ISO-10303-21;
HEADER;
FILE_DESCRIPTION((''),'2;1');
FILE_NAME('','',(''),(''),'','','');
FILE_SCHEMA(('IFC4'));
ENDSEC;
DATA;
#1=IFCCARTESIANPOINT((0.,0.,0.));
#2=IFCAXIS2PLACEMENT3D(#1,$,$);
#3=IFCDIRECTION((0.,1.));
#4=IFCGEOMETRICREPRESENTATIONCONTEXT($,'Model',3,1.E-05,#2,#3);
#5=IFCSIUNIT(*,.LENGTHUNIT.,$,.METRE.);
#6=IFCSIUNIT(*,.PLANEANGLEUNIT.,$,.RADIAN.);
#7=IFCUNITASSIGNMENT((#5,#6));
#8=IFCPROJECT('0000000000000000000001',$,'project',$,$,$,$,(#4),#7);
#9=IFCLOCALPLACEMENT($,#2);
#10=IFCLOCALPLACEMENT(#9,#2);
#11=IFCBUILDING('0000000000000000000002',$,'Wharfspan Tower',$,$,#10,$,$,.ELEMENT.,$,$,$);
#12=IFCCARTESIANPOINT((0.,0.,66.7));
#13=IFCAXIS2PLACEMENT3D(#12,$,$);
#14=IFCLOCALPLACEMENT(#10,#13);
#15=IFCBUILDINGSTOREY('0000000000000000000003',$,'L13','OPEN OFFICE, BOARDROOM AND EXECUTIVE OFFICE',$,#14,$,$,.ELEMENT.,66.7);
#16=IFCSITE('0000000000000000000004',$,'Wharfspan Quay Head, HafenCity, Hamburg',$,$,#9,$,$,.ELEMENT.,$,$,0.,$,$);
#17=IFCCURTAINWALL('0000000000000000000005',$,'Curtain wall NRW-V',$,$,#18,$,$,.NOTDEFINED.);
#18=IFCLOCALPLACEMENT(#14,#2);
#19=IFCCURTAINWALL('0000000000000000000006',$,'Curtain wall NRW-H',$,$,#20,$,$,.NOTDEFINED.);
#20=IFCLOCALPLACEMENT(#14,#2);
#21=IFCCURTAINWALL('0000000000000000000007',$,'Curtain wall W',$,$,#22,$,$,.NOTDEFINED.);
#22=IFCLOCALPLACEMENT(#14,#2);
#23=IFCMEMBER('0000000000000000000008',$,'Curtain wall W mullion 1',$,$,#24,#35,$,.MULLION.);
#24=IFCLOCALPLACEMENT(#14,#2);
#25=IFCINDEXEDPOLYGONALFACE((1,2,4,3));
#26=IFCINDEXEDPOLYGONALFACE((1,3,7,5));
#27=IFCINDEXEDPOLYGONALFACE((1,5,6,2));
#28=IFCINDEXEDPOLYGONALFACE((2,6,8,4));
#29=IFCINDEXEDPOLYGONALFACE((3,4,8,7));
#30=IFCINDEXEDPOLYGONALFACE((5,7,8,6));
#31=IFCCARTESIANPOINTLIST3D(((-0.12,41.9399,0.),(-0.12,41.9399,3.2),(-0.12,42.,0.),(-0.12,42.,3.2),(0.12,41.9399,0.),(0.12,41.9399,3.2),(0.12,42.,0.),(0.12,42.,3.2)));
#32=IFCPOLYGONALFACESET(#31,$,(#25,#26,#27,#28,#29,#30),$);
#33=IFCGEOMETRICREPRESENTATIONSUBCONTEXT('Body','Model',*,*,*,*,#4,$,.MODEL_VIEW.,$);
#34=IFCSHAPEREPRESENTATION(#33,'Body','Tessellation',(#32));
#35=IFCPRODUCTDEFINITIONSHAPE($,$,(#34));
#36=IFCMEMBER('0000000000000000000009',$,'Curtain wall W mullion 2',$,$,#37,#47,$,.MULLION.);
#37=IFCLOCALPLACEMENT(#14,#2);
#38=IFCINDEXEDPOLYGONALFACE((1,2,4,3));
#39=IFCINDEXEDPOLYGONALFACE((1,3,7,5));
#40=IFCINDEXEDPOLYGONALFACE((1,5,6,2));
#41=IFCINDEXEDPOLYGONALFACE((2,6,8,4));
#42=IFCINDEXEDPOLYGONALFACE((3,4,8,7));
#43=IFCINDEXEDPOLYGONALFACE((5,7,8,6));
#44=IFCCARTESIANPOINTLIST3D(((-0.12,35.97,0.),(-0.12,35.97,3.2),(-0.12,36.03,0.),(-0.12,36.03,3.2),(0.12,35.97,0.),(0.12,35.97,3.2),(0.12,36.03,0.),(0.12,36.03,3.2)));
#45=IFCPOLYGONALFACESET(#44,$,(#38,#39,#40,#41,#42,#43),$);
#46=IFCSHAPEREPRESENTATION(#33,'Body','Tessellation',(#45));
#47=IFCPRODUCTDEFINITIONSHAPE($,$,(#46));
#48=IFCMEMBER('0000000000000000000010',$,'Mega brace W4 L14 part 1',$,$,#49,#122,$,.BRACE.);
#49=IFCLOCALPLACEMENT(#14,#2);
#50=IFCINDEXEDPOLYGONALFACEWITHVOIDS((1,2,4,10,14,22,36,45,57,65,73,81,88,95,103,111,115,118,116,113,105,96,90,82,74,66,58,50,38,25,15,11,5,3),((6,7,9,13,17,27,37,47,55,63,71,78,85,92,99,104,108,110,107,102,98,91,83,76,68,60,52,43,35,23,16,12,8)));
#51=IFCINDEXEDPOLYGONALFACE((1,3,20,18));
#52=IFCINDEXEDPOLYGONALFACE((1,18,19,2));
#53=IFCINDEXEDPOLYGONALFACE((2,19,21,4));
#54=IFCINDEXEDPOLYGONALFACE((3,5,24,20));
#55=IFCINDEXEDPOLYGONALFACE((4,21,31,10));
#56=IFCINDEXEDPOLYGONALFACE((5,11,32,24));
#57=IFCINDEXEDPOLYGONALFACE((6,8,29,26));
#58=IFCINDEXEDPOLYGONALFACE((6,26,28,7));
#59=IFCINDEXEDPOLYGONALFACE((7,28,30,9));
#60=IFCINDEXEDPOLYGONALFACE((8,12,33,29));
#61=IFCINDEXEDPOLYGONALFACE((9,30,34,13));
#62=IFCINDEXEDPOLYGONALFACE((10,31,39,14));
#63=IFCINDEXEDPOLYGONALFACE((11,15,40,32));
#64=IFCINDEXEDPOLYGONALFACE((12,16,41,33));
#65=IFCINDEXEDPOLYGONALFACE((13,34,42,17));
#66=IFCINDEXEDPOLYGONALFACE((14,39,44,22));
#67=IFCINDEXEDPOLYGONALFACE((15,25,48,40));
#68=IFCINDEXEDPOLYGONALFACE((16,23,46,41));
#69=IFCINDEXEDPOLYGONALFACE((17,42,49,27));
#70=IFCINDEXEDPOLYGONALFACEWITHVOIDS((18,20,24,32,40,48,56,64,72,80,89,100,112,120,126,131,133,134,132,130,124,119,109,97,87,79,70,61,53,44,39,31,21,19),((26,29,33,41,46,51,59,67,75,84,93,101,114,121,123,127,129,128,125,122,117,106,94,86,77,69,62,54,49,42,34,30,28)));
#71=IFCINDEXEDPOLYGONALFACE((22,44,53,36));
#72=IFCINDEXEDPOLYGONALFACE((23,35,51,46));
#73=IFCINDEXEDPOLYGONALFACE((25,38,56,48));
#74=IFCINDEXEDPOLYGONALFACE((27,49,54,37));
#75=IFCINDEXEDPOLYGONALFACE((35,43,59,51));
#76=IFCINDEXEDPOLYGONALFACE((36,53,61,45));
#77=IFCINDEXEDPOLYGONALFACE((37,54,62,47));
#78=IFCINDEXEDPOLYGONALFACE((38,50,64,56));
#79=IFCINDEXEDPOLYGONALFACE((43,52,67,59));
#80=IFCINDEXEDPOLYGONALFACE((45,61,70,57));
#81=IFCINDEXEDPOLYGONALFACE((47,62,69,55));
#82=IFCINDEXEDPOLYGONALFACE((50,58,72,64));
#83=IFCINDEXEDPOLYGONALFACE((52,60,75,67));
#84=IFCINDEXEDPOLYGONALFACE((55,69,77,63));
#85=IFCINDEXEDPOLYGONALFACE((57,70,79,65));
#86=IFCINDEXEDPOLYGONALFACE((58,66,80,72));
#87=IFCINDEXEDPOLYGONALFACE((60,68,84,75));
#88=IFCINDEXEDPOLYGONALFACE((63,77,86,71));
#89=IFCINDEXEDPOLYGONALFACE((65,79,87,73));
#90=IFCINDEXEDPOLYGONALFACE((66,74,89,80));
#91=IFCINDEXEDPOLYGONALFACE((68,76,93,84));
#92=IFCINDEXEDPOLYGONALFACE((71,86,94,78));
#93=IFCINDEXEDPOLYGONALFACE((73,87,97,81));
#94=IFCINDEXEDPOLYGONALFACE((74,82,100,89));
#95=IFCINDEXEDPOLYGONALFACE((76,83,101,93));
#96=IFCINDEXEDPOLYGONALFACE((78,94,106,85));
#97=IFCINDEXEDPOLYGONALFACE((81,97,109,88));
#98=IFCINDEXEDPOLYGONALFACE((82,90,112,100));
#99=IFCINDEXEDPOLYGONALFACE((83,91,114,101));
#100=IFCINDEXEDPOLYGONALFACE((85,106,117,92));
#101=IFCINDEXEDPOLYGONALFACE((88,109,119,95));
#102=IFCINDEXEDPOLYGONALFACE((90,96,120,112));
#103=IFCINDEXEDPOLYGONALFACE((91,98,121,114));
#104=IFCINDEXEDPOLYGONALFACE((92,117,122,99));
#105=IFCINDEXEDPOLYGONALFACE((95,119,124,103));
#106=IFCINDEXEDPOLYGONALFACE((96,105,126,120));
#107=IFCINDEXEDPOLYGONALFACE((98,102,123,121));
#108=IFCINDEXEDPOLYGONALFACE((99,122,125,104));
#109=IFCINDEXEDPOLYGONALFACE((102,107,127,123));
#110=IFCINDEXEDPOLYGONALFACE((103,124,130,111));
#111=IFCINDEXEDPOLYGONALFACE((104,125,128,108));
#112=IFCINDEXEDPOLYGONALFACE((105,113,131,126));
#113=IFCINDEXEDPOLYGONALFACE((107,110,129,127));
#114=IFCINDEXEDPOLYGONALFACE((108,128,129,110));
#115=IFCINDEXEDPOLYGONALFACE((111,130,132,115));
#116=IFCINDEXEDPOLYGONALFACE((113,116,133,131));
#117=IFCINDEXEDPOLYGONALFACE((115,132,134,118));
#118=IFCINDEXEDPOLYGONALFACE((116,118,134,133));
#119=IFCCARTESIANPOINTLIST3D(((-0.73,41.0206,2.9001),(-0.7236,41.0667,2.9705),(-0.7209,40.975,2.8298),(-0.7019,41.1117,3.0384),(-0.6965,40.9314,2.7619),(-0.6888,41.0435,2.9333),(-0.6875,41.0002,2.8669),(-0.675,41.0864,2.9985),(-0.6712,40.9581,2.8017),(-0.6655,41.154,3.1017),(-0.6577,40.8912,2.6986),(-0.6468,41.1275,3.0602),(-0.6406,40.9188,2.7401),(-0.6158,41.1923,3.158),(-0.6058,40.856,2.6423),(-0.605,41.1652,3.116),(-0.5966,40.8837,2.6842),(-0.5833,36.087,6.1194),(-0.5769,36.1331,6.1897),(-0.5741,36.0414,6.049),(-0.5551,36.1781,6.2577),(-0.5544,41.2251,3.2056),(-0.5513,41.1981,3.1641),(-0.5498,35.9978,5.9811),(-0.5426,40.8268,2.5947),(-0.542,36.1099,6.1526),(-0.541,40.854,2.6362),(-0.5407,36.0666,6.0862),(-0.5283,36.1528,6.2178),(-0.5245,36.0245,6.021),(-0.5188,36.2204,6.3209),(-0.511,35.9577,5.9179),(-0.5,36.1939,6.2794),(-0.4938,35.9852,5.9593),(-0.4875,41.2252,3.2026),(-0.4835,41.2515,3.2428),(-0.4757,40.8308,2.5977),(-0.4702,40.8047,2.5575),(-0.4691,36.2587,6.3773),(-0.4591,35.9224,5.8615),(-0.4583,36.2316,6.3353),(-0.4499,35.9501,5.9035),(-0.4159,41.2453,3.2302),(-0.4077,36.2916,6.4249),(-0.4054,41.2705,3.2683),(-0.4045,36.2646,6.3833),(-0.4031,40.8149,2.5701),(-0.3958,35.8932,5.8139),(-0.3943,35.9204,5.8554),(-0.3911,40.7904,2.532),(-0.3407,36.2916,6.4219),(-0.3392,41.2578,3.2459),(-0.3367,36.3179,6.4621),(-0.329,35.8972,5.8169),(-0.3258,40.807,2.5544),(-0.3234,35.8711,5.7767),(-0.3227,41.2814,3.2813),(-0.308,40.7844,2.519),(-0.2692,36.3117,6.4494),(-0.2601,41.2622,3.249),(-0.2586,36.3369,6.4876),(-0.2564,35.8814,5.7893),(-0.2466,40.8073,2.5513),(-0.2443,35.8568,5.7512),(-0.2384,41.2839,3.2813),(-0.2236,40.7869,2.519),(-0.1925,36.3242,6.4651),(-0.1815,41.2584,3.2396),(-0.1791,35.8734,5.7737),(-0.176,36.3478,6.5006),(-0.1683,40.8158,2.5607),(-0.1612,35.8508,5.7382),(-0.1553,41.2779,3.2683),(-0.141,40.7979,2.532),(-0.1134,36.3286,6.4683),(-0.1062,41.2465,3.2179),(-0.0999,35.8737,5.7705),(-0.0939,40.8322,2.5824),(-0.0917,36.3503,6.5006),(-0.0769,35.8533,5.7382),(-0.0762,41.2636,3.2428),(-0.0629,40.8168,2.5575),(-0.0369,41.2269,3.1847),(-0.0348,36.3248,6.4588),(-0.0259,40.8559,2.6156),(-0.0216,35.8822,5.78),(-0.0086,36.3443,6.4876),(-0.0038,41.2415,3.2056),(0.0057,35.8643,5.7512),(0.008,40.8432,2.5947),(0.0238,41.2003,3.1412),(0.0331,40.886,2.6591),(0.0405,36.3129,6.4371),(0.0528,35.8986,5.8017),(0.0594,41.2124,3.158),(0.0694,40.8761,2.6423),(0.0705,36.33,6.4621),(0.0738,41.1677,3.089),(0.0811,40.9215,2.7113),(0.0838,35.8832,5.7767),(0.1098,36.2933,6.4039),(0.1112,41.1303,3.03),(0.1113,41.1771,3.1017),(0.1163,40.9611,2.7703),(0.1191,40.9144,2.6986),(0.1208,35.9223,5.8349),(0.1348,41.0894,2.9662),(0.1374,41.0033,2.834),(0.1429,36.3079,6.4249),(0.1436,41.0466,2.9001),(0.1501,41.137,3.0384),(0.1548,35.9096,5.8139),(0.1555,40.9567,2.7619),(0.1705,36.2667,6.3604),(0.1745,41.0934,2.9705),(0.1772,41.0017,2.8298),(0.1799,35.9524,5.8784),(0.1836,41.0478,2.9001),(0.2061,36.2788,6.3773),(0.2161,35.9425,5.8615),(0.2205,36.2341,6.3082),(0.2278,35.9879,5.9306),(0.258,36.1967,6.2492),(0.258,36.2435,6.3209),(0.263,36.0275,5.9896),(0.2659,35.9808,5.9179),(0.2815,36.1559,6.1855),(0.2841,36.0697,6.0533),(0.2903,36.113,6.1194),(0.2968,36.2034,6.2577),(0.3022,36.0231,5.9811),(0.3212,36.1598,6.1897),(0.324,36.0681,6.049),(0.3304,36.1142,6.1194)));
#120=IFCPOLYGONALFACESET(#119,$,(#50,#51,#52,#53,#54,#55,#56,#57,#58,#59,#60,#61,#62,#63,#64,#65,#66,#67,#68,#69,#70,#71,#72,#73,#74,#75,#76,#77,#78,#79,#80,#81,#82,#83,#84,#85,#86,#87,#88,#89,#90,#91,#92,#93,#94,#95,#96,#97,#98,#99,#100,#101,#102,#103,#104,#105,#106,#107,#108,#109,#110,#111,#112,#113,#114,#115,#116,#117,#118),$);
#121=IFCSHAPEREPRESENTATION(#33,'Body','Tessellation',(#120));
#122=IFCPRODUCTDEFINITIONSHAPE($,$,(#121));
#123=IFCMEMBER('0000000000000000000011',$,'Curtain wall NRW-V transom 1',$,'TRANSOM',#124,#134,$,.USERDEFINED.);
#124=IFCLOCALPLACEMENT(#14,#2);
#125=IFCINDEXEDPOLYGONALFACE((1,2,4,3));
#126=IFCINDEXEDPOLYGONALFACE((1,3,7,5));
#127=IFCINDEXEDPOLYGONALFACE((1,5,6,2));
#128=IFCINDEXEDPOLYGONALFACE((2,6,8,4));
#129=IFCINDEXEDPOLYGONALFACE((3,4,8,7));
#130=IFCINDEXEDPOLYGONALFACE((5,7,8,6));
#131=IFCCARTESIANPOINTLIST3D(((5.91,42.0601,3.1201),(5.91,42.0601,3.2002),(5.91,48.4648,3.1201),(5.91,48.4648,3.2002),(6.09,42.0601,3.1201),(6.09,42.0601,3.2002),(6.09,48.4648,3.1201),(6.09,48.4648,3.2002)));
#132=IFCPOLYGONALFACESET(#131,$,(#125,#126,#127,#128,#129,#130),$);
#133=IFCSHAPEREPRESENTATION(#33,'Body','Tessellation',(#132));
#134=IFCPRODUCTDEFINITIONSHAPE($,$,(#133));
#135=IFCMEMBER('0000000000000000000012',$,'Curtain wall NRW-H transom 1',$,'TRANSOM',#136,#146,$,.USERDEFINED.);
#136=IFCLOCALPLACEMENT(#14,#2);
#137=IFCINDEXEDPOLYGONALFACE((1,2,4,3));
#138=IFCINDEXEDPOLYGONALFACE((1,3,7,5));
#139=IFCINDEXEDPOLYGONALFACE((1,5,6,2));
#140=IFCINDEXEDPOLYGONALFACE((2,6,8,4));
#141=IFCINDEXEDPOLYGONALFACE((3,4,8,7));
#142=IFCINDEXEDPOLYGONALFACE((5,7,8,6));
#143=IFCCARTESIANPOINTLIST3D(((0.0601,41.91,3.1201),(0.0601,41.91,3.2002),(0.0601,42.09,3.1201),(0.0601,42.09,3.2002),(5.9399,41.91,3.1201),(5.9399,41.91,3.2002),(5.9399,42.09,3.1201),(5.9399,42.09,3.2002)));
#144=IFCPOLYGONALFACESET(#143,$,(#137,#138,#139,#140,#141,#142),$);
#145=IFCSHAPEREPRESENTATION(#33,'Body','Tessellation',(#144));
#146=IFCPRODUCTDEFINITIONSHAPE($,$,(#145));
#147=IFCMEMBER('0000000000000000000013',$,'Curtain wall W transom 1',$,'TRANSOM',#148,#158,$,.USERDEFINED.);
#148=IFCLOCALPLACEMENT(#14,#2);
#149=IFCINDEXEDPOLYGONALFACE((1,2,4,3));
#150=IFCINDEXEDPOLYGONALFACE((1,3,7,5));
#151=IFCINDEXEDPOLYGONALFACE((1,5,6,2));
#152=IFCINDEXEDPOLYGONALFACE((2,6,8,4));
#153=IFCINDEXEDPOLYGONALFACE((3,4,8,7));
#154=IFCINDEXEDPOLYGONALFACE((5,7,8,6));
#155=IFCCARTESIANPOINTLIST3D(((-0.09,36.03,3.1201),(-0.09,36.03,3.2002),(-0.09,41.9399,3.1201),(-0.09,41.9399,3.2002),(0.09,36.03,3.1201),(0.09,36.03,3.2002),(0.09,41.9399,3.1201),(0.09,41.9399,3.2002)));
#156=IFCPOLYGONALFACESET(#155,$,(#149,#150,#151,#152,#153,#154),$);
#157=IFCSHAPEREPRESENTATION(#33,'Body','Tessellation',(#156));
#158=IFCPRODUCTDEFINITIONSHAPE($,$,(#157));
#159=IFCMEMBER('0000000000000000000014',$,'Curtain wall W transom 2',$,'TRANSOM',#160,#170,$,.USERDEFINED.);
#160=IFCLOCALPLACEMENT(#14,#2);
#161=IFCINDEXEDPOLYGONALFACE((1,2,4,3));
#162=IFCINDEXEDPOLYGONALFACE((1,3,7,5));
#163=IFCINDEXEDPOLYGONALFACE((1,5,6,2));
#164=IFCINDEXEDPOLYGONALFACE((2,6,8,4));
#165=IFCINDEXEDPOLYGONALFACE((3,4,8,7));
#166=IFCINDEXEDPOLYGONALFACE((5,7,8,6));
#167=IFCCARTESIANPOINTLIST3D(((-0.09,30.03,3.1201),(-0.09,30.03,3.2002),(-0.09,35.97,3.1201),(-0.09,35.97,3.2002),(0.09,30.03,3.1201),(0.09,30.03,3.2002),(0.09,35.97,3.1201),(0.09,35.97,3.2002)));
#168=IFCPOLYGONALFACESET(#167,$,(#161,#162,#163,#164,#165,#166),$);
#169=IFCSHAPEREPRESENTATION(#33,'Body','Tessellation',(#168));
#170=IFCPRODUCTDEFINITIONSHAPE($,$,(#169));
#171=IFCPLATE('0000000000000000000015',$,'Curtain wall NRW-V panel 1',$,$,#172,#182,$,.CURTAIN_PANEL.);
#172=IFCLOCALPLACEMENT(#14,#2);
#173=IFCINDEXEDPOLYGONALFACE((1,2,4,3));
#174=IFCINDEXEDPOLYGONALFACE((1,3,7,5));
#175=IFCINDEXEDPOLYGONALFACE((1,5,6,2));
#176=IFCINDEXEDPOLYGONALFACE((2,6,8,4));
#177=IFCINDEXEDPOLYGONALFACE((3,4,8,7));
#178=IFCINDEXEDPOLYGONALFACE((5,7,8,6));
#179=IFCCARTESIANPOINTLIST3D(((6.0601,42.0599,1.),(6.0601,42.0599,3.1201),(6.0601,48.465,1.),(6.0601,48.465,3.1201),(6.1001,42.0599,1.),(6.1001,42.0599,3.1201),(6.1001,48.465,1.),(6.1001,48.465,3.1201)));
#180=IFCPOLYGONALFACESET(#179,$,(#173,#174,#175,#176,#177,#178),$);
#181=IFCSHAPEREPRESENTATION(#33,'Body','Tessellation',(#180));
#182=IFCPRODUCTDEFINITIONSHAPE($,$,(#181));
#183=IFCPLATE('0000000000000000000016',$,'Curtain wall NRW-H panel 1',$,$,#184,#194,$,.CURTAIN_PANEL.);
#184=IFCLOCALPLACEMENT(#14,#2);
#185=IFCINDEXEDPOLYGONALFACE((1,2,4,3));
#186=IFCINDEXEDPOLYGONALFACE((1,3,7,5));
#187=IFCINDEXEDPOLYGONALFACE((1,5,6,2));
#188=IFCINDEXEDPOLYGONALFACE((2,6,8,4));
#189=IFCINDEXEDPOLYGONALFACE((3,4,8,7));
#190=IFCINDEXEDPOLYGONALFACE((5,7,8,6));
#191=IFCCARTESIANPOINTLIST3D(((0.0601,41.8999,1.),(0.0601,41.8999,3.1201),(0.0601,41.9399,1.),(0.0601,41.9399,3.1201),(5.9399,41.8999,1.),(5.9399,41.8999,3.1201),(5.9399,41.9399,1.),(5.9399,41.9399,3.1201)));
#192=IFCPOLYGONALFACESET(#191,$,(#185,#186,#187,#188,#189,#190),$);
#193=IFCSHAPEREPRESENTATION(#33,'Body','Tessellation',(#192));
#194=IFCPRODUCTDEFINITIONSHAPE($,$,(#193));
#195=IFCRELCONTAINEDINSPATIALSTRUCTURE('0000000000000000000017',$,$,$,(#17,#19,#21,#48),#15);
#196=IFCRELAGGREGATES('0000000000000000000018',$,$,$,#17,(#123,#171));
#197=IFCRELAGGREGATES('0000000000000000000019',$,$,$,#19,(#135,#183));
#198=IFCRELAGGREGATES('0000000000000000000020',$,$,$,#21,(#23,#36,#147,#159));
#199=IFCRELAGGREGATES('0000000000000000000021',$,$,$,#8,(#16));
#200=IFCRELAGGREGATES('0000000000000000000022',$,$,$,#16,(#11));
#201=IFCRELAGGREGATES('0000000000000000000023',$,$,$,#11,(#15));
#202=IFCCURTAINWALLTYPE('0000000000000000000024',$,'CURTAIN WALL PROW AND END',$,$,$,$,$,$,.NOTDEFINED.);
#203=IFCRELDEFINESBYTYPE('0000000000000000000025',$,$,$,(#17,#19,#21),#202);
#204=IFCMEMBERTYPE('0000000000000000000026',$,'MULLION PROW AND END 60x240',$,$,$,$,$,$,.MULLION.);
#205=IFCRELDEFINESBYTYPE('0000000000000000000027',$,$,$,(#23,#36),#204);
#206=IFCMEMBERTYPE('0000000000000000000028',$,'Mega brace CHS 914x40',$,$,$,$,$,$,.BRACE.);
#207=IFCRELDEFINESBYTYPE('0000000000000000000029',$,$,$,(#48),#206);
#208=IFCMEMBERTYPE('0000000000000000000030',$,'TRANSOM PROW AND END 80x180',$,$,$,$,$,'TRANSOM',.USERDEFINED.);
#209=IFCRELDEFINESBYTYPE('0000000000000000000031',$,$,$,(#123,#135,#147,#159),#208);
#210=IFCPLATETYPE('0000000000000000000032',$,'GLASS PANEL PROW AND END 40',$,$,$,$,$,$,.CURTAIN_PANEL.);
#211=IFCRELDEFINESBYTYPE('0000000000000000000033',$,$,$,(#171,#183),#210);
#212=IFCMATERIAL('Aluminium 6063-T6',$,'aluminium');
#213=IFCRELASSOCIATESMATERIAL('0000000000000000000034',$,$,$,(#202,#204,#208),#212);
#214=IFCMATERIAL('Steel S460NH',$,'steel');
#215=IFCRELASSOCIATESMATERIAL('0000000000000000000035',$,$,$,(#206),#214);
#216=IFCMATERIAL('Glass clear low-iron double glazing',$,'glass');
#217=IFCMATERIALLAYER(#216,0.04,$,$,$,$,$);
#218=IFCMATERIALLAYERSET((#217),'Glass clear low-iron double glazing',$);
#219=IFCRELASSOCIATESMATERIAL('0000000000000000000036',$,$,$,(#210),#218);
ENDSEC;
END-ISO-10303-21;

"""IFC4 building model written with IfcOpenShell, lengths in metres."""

from ifc_helpers import new_model, si_unit, direction, frame, origin, origin_2d, place, context, subcontext, project, spatial, rectangle, hollow_circle, extrude, material, layer, layer_set, material_profile, profile_set, type_object, element, aggregate, save


model = new_model("IFC4")

# Units and contexts
model_context = context("Model", 3, precision=1e-05, world=origin(), true_north=direction((0.0, 1.0)))
body_context = subcontext(model_context, "Body", "Model", "MODEL_VIEW")
ifc_project = project(units=[si_unit("LENGTHUNIT", "METRE"), si_unit("PLANEANGLEUNIT", "RADIAN")], contexts=[model_context])

# Site, building, storey
site_placement = place(None, origin())
site = spatial("IfcSite", under=ifc_project, at=site_placement, Name="Wharfspan Quay Head, HafenCity, Hamburg", CompositionType="ELEMENT", RefElevation=0.0)
building_placement = place(site_placement, origin())
building = spatial("IfcBuilding", under=site, at=building_placement, Name="Wharfspan Tower", CompositionType="ELEMENT")
storey_placement = place(building_placement, frame((0.0, 0.0, 66.7)))
storey = spatial("IfcBuildingStorey", under=building, at=storey_placement, Name="L13", Description="OPEN OFFICE, BOARDROOM AND EXECUTIVE OFFICE", CompositionType="ELEMENT", Elevation=66.7)

# Curtain walls, members
ifc_material_1 = material(Name="Aluminium 6063-T6", Category="aluminium")
curtain_wall_type = type_object("IfcCurtainWallType", Name="CURTAIN WALL PROW AND END", PredefinedType="NOTDEFINED", material=ifc_material_1)
curtain_wall_1_placement = place(storey_placement, origin())
curtain_wall_1 = element("IfcCurtainWall", 1, at=curtain_wall_1_placement, inside=storey, type_object=curtain_wall_type, Name="Curtain wall NRW-V", PredefinedType="NOTDEFINED")
ifc_material_profile_1 = material_profile(ifc_material_1, rectangle(XDim=0.24, YDim=0.0601, at=origin_2d()))
ifc_profile_set_1 = profile_set([ifc_material_profile_1], Name="Aluminium 6063-T6")
member_type_1 = type_object("IfcMemberType", Name="MULLION PROW AND END 60x240", PredefinedType="MULLION", material=ifc_profile_set_1)
curtain_wall_2_placement = place(storey_placement, origin())
curtain_wall_2 = element("IfcCurtainWall", 2, at=curtain_wall_2_placement, inside=storey, type_object=curtain_wall_type, Name="Curtain wall NRW-H", PredefinedType="NOTDEFINED")
curtain_wall_3_placement = place(storey_placement, origin())
curtain_wall_3 = element("IfcCurtainWall", 3, at=curtain_wall_3_placement, inside=storey, type_object=curtain_wall_type, Name="Curtain wall W", PredefinedType="NOTDEFINED")
member_1_placement = place(storey_placement, frame((0.0, 41.97, 0.0), z_axis=(0.0, 0.0, 1.0), x_axis=(1.0, 0.0, 0.0)))
member_1 = element("IfcMember", 4, at=member_1_placement, type_object=member_type_1, Name="Curtain wall W mullion 1", PredefinedType="MULLION", context=body_context, shape_type="SweptSolid", body=[
    extrude(rectangle(XDim=0.24, YDim=0.0601, at=origin_2d()), origin(), (0.0, 0.0, 1.0), 3.2),
])
member_2_placement = place(storey_placement, frame((0.0, 36.0, 0.0), z_axis=(0.0, 0.0, 1.0), x_axis=(1.0, 0.0, 0.0)))
member_2 = element("IfcMember", 5, at=member_2_placement, type_object=member_type_1, Name="Curtain wall W mullion 2", PredefinedType="MULLION", context=body_context, shape_type="SweptSolid", body=[
    extrude(rectangle(XDim=0.24, YDim=0.0601, at=origin_2d()), origin(), (0.0, 0.0, 1.0), 3.2),
])

# Members
ifc_material_2 = material(Name="Steel S460NH", Category="steel")
ifc_material_profile_2 = material_profile(ifc_material_2, hollow_circle(Radius=0.457, WallThickness=0.04, at=origin_2d()))
ifc_profile_set_2 = profile_set([ifc_material_profile_2], Name="Steel S460NH")
member_type_2 = type_object("IfcMemberType", Name="Mega brace CHS 914x40", PredefinedType="BRACE", material=ifc_profile_set_2)
member_3_placement = place(storey_placement, frame((-0.2732, 41.0342, 2.9001), z_axis=(0.0249, -0.837221, 0.546298), x_axis=(0.999556, 0.02973, 0.000003)))
element("IfcMember", 6, at=member_3_placement, inside=storey, type_object=member_type_2, Name="Mega brace W4 L14 part 1", PredefinedType="BRACE", context=body_context, shape_type="SweptSolid", body=[
    extrude(hollow_circle(Radius=0.457, WallThickness=0.04, at=origin_2d()), origin(), (0.0, 0.0, 1.0), 5.8928),
])
ifc_material_profile_3 = material_profile(ifc_material_1, rectangle(XDim=0.1799, YDim=0.0801, at=origin_2d()))
ifc_profile_set_3 = profile_set([ifc_material_profile_3], Name="Aluminium 6063-T6")
member_type_3 = type_object("IfcMemberType", Name="TRANSOM PROW AND END 80x180", ElementType="TRANSOM", PredefinedType="USERDEFINED", material=ifc_profile_set_3)
member_4_placement = place(storey_placement, frame((6.0, 48.4648, 3.1602), z_axis=(0.0, -1.0, 0.0), x_axis=(1.0, 0.0, 0.0)))
member_4 = element("IfcMember", 7, at=member_4_placement, type_object=member_type_3, Name="Curtain wall NRW-V transom 1", ObjectType="TRANSOM", PredefinedType="USERDEFINED", context=body_context, shape_type="SweptSolid", body=[
    extrude(rectangle(XDim=0.1799, YDim=0.0801, at=origin_2d()), origin(), (0.0, 0.0, 1.0), 6.4048),
])
member_5_placement = place(storey_placement, frame((5.9399, 42.0, 3.1602), z_axis=(-1.0, 0.0, 0.0), x_axis=(0.0, -1.0, 0.0)))
member_5 = element("IfcMember", 8, at=member_5_placement, type_object=member_type_3, Name="Curtain wall NRW-H transom 1", ObjectType="TRANSOM", PredefinedType="USERDEFINED", context=body_context, shape_type="SweptSolid", body=[
    extrude(rectangle(XDim=0.1799, YDim=0.0801, at=origin_2d()), origin(), (0.0, 0.0, 1.0), 5.8799),
])
member_6_placement = place(storey_placement, frame((0.0, 41.9399, 3.1602), z_axis=(0.0, -1.0, 0.0), x_axis=(1.0, 0.0, 0.0)))
member_6 = element("IfcMember", 9, at=member_6_placement, type_object=member_type_3, Name="Curtain wall W transom 1", ObjectType="TRANSOM", PredefinedType="USERDEFINED", context=body_context, shape_type="SweptSolid", body=[
    extrude(rectangle(XDim=0.1799, YDim=0.0801, at=origin_2d()), origin(), (0.0, 0.0, 1.0), 5.9099),
])
member_7_placement = place(storey_placement, frame((0.0, 35.97, 3.1602), z_axis=(0.0, -1.0, 0.0), x_axis=(1.0, 0.0, 0.0)))
member_7 = element("IfcMember", 10, at=member_7_placement, type_object=member_type_3, Name="Curtain wall W transom 2", ObjectType="TRANSOM", PredefinedType="USERDEFINED", context=body_context, shape_type="SweptSolid", body=[
    extrude(rectangle(XDim=0.1799, YDim=0.0801, at=origin_2d()), origin(), (0.0, 0.0, 1.0), 5.9399),
])

# Plates
ifc_material_3 = material(Name="Glass clear low-iron double glazing", Category="glass")
ifc_layer_1 = layer(ifc_material_3, 0.04)
ifc_layer_set_1 = layer_set([ifc_layer_1], Name="Glass clear low-iron double glazing")
plate_type_1 = type_object("IfcPlateType", Name="GLASS PANEL PROW AND END 40", PredefinedType="CURTAIN_PANEL", material=ifc_layer_set_1)
plate_1_placement = place(storey_placement, frame((6.0801, 45.2625, 1.0), z_axis=(0.0, 0.0, 1.0), x_axis=(0.0, -1.0, 0.0)))
plate_1 = element("IfcPlate", 11, at=plate_1_placement, type_object=plate_type_1, Name="Curtain wall NRW-V panel 1", PredefinedType="CURTAIN_PANEL", context=body_context, shape_type="SweptSolid", body=[
    extrude(rectangle(XDim=6.405, YDim=0.04, at=origin_2d()), origin(), (0.0, 0.0, 1.0), 2.1201),
])
aggregate(curtain_wall_1, [member_4, plate_1])
plate_2_placement = place(storey_placement, frame((3.0, 41.9199, 1.0), z_axis=(0.0, 0.0, 1.0), x_axis=(-1.0, 0.0, 0.0)))
plate_2 = element("IfcPlate", 12, at=plate_2_placement, type_object=plate_type_1, Name="Curtain wall NRW-H panel 1", PredefinedType="CURTAIN_PANEL", context=body_context, shape_type="SweptSolid", body=[
    extrude(rectangle(XDim=5.8799, YDim=0.04, at=origin_2d()), origin(), (0.0, 0.0, 1.0), 2.1201),
])
aggregate(curtain_wall_2, [member_5, plate_2])
aggregate(curtain_wall_3, [member_1, member_2, member_6, member_7])

save(model, "model.ifc")
